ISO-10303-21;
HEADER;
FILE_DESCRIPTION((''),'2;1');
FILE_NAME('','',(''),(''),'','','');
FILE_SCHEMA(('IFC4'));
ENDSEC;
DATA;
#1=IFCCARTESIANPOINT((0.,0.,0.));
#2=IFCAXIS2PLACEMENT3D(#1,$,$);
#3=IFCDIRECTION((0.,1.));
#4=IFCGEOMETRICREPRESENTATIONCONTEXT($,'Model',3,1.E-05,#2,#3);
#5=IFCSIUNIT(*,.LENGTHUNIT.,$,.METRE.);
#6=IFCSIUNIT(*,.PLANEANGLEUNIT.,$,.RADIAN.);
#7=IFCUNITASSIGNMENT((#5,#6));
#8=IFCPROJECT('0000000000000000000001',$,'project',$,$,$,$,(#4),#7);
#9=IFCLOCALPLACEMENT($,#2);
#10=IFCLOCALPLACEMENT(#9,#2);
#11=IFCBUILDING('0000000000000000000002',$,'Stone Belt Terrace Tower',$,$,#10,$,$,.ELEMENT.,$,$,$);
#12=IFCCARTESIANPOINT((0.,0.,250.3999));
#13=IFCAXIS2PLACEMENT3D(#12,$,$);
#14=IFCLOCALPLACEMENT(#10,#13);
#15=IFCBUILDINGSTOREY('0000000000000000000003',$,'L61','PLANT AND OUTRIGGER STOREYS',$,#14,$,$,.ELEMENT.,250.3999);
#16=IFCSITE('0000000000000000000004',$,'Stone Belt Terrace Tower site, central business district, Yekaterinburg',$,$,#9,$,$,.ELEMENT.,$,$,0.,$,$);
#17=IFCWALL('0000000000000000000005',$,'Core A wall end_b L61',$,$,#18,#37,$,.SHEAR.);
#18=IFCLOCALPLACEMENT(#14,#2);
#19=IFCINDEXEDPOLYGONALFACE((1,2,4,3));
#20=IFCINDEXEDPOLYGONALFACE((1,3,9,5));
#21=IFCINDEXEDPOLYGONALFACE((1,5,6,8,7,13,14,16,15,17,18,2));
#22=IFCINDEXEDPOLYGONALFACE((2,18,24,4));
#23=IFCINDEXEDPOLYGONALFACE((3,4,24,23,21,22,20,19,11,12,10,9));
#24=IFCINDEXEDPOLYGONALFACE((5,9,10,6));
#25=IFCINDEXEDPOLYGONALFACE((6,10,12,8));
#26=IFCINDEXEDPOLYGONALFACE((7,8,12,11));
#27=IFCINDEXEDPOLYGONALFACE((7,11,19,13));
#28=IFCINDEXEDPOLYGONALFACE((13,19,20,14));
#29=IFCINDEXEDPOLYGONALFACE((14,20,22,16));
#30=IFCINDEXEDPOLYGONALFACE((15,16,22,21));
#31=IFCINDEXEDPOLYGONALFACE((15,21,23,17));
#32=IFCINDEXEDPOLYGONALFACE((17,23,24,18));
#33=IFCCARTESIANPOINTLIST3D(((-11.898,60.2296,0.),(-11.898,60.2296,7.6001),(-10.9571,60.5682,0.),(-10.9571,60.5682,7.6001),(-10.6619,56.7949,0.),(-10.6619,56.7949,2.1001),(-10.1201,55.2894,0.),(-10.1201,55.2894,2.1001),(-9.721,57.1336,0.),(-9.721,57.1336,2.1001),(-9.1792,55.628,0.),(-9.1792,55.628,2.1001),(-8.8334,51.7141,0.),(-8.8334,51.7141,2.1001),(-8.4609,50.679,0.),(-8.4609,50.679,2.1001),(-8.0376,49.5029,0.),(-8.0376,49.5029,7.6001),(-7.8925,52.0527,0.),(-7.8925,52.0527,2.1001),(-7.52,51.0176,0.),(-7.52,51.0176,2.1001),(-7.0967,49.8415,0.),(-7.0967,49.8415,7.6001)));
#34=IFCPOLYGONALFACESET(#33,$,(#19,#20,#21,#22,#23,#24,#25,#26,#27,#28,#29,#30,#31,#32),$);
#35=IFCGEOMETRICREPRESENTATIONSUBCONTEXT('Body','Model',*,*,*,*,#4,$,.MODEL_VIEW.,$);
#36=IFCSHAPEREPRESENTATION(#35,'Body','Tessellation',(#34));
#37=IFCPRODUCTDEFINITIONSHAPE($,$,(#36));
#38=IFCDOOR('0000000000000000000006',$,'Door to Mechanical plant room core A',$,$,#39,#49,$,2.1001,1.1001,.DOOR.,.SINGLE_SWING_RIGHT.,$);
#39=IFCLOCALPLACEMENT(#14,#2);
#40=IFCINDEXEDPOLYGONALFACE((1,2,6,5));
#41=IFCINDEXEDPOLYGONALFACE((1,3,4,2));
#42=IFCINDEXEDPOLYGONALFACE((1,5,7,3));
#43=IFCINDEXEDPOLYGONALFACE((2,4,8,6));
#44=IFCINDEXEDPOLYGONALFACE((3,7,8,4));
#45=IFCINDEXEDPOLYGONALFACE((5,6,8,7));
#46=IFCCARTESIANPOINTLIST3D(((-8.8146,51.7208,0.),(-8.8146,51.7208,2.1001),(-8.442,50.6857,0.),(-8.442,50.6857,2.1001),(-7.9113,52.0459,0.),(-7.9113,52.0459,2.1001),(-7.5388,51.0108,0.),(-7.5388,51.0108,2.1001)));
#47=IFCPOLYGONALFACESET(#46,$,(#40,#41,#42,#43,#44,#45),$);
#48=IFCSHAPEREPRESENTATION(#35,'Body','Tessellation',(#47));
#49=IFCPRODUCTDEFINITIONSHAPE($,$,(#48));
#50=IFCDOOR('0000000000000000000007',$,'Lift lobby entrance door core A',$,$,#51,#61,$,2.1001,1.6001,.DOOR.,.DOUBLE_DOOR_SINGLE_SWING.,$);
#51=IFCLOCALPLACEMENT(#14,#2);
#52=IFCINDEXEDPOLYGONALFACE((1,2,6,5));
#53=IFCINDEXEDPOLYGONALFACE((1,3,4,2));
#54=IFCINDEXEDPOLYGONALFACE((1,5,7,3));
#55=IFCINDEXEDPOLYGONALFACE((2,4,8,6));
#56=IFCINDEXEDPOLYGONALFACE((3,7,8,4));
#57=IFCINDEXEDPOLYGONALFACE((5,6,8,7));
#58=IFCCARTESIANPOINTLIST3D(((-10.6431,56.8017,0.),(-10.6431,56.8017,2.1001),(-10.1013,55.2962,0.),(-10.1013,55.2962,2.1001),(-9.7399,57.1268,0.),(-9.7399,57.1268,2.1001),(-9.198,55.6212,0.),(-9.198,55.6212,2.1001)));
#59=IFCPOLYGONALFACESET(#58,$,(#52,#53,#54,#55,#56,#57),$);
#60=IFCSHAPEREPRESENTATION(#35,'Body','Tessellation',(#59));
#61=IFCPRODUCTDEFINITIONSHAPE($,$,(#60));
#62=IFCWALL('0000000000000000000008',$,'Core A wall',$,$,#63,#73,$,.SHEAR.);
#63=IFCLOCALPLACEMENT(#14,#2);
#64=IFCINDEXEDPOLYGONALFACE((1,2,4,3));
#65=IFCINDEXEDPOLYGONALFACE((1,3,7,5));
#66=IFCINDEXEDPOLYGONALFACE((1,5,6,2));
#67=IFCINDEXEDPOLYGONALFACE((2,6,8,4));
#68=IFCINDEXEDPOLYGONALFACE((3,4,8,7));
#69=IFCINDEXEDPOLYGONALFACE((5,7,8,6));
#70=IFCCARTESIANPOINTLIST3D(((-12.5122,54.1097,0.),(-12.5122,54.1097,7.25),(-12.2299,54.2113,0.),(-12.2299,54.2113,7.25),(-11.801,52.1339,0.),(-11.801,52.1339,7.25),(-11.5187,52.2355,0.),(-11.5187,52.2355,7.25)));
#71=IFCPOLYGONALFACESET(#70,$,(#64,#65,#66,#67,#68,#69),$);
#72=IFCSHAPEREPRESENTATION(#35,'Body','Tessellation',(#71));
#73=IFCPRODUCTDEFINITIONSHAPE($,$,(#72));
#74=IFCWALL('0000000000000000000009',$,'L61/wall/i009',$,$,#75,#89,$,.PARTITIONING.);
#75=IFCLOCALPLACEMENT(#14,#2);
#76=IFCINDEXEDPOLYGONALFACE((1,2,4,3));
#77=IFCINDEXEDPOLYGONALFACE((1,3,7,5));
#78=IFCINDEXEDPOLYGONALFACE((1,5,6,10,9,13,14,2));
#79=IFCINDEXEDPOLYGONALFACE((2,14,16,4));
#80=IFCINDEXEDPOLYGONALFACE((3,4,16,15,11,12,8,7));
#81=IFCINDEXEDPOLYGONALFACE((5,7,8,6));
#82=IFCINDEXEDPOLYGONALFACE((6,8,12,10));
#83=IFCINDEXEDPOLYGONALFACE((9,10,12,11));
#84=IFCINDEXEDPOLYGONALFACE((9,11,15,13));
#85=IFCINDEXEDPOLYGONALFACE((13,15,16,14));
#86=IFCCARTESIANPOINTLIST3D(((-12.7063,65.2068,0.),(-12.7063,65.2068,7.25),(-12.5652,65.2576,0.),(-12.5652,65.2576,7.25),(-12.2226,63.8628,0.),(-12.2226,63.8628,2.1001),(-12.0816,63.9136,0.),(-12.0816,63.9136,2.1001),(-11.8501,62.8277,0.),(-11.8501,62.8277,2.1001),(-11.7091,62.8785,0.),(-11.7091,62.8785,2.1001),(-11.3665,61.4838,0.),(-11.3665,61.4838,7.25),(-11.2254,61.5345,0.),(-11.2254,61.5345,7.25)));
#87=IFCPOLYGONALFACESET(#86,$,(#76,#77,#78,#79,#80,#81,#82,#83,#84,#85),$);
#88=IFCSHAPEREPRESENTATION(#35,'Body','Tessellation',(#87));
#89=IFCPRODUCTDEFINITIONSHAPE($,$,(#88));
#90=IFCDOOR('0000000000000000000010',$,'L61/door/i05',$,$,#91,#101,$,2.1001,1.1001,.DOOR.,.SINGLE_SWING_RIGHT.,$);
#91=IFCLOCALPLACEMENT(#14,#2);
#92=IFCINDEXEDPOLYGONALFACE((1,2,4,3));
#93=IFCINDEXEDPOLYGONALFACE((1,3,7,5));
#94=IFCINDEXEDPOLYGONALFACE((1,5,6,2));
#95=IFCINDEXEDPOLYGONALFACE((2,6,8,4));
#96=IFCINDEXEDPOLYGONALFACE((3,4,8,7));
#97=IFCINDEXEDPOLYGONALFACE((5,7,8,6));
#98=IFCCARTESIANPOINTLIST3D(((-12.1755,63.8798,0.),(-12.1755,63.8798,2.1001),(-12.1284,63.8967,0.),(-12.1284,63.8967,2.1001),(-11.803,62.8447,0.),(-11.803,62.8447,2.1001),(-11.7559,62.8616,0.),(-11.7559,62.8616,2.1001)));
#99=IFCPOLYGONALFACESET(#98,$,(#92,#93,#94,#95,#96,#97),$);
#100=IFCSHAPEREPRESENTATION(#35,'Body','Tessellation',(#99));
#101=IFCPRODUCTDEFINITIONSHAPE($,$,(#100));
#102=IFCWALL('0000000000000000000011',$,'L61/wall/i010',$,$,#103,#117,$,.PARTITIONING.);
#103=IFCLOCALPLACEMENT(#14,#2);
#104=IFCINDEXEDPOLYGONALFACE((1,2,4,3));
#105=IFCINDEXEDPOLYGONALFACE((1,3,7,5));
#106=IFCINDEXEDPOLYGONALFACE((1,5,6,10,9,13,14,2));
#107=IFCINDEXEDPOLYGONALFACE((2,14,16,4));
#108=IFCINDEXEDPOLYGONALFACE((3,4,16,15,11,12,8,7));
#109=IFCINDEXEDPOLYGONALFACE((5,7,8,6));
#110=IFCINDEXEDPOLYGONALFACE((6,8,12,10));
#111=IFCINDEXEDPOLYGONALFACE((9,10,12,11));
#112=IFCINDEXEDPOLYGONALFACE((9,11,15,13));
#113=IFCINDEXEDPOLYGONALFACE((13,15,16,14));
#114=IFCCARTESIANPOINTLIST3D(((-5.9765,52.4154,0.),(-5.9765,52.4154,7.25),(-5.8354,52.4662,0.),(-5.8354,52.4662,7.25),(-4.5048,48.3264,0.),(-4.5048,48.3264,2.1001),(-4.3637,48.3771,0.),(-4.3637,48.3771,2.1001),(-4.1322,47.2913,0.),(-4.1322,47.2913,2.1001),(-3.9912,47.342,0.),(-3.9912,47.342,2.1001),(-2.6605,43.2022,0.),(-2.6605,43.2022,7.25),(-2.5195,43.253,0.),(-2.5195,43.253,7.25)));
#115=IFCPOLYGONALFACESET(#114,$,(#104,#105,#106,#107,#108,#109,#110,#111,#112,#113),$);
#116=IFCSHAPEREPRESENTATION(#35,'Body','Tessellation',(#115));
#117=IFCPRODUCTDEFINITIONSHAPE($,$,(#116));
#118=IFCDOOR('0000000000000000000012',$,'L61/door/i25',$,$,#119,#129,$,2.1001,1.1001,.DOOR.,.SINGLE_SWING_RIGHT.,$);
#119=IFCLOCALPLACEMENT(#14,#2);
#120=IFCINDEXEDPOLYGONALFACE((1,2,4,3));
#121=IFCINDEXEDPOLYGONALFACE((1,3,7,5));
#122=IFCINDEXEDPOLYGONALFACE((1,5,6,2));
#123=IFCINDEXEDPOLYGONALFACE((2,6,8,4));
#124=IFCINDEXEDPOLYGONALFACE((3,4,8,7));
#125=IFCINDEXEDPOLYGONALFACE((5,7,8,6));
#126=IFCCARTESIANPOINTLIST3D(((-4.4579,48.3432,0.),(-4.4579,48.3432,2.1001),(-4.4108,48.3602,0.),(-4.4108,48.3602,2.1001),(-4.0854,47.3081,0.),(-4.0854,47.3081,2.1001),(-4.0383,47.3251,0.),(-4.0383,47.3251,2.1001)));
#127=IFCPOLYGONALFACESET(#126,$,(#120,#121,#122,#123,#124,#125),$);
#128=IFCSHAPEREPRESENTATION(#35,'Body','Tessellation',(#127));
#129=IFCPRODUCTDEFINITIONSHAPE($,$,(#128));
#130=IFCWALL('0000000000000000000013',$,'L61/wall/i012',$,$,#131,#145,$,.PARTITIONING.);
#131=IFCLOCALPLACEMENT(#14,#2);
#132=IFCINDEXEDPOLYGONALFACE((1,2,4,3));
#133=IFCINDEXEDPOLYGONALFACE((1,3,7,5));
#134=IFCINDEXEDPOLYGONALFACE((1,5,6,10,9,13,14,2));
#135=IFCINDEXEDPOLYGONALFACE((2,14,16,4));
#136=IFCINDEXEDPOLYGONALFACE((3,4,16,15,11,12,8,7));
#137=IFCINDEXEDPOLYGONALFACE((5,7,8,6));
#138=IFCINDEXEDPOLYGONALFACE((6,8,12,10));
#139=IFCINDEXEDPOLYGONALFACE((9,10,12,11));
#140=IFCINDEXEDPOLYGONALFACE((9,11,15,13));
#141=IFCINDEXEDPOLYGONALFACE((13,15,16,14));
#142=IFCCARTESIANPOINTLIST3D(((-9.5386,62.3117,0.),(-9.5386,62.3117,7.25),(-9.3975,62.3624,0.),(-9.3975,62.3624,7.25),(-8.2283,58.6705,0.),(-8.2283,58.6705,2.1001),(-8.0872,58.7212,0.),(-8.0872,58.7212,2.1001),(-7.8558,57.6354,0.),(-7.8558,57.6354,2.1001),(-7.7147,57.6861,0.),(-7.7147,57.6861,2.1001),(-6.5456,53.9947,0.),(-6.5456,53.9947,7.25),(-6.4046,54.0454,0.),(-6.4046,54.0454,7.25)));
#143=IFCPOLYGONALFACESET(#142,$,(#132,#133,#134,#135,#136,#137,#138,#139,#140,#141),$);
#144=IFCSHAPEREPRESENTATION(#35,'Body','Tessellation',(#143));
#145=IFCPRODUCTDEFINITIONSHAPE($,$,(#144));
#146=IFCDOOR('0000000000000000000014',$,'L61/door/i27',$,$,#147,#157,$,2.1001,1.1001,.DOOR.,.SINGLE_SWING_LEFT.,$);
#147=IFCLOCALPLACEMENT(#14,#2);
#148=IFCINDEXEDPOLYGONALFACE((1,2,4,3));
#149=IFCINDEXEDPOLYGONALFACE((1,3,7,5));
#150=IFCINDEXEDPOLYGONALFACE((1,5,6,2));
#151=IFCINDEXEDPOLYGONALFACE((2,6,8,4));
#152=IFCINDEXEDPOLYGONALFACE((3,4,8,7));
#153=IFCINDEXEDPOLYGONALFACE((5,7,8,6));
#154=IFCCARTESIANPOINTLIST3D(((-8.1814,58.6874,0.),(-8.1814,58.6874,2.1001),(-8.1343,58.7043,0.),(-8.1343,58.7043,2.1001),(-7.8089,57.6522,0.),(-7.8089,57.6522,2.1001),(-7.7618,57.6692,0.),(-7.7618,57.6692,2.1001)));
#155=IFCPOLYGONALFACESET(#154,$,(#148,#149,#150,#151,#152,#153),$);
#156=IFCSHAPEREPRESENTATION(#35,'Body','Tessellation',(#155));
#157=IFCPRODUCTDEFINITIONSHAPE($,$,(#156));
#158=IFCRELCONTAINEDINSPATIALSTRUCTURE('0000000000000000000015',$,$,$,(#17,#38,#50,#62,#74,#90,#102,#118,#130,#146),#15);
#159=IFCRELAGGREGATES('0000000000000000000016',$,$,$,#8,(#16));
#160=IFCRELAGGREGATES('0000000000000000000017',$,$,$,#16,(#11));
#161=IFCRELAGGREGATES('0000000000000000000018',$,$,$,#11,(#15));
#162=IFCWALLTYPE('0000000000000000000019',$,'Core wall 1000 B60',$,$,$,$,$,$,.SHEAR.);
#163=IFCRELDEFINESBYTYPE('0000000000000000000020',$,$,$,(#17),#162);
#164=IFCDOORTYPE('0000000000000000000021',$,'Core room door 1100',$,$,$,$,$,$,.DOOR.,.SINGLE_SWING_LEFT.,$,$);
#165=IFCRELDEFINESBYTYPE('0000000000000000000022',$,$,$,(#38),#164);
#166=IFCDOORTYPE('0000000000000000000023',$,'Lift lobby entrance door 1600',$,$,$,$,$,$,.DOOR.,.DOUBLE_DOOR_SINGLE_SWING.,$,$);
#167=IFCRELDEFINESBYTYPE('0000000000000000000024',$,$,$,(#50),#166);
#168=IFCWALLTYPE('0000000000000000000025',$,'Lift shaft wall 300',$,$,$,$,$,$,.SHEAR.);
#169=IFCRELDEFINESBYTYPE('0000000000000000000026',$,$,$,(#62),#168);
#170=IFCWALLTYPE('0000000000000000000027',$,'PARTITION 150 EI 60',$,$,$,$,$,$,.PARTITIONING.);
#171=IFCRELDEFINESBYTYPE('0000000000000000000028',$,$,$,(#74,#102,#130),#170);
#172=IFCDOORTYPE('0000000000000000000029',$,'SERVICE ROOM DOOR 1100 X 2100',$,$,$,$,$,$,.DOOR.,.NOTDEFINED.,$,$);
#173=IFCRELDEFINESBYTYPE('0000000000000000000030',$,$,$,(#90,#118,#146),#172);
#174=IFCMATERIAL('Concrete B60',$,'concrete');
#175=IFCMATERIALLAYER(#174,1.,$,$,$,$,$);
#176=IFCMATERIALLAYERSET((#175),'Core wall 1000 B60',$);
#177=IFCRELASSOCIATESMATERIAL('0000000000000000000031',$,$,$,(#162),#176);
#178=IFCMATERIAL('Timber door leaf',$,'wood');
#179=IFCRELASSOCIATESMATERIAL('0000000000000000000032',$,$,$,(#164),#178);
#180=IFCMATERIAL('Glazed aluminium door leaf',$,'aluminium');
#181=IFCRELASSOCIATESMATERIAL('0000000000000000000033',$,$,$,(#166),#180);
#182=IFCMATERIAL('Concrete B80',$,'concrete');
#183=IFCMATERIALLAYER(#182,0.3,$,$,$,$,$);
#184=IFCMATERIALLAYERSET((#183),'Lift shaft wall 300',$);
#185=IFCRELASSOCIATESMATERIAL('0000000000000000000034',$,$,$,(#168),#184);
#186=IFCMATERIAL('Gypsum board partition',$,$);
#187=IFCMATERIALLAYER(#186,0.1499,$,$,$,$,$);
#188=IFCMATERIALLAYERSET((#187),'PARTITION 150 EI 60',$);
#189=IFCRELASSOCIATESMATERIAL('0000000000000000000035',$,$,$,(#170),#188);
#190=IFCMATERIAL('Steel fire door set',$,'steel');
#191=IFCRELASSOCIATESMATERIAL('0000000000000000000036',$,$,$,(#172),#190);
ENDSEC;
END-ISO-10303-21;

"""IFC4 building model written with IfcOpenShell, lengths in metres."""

from ifc_helpers import new_model, si_unit, direction, frame, frame_2d, origin, place, context, subcontext, project, spatial, rectangle, extrude, material, layer, layer_set, type_object, element, fill, save


model = new_model("IFC4")

# Units and contexts
model_context = context("Model", 3, precision=1e-05, world=origin(), true_north=direction((0.0, 1.0)))
body_context = subcontext(model_context, "Body", "Model", "MODEL_VIEW")
ifc_project = project(units=[si_unit("LENGTHUNIT", "METRE"), si_unit("PLANEANGLEUNIT", "RADIAN")], contexts=[model_context])

# Site, building, storey
site_placement = place(None, origin())
site = spatial("IfcSite", under=ifc_project, at=site_placement, Name="Stone Belt Terrace Tower site, central business district, Yekaterinburg", CompositionType="ELEMENT", RefElevation=0.0)
building_placement = place(site_placement, origin())
building = spatial("IfcBuilding", under=site, at=building_placement, Name="Stone Belt Terrace Tower", CompositionType="ELEMENT")
storey_placement = place(building_placement, frame((0.0, 0.0, 250.3999)))
storey = spatial("IfcBuildingStorey", under=building, at=storey_placement, Name="L61", Description="PLANT AND OUTRIGGER STOREYS", CompositionType="ELEMENT", Elevation=250.3999)

# Shared definitions
ifc_material_1 = material(Name="Concrete B60", Category="concrete")

# Wall, openings, doors
ifc_layer_1 = layer(ifc_material_1, 1.0)
ifc_layer_set_1 = layer_set([ifc_layer_1], Name="Core wall 1000 B60")
wall_type_1 = type_object("IfcWallType", Name="Core wall 1000 B60", PredefinedType="SHEAR", material=ifc_layer_set_1)
wall_1_placement = place(storey_placement, frame((-7.5671, 49.6721, 0.0), z_axis=(0.0, 0.0, 1.0), x_axis=(-0.338625, 0.940921, 0.0)))
wall_1 = element("IfcWall", 1, at=wall_1_placement, inside=storey, type_object=wall_type_1, Name="Core A wall end_b L61", PredefinedType="SHEAR", context=body_context, shape_type="SweptSolid", body=[
    extrude(rectangle(XDim=11.4001, YDim=1.0, at=frame_2d((5.7002, 0.0))), origin(), (0.0, 0.0, 1.0), 7.6001),
])
opening_1_placement = place(wall_1_placement, frame((6.1499, 0.0, 0.0)))
opening_1 = element("IfcOpeningElement", 2, at=opening_1_placement, cuts=wall_1, PredefinedType="OPENING", context=body_context, shape_type="SweptSolid", body=[
    extrude(rectangle(XDim=1.6001, YDim=2.1001, at=frame_2d((0.8, 1.05))), frame((0.0, 0.51, 0.0), z_axis=(0.0, -1.0, 0.0), x_axis=(1.0, 0.0, 0.0)), (0.0, 0.0, 1.0), 1.02),
])
opening_2_placement = place(wall_1_placement, frame((1.25, 0.0, 0.0)))
opening_2 = element("IfcOpeningElement", 3, at=opening_2_placement, cuts=wall_1, PredefinedType="OPENING", context=body_context, shape_type="SweptSolid", body=[
    extrude(rectangle(XDim=1.1001, YDim=2.1001, at=frame_2d((0.55, 1.05))), frame((0.0, 0.51, 0.0), z_axis=(0.0, -1.0, 0.0), x_axis=(1.0, 0.0, 0.0)), (0.0, 0.0, 1.0), 1.02),
])
ifc_material_2 = material(Name="Timber door leaf", Category="wood")
door_type_1 = type_object("IfcDoorType", Name="Core room door 1100", OperationType="SINGLE_SWING_LEFT", PredefinedType="DOOR", material=ifc_material_2)
door_1_placement = place(opening_2_placement, origin())
door_1 = element("IfcDoor", 4, at=door_1_placement, inside=storey, type_object=door_type_1, Name="Door to Mechanical plant room core A", OperationType="SINGLE_SWING_RIGHT", OverallHeight=2.1001, OverallWidth=1.1001, PredefinedType="DOOR", context=body_context, shape_type="SweptSolid", body=[
    extrude(rectangle(XDim=1.1001, YDim=2.1001, at=frame_2d((0.55, 1.05))), frame((0.0, 0.48, 0.0), z_axis=(0.0, -1.0, 0.0), x_axis=(1.0, 0.0, 0.0)), (0.0, 0.0, 1.0), 0.96),
])
fill(opening_2, door_1)
ifc_material_3 = material(Name="Glazed aluminium door leaf", Category="aluminium")
door_type_2 = type_object("IfcDoorType", Name="Lift lobby entrance door 1600", OperationType="DOUBLE_DOOR_SINGLE_SWING", PredefinedType="DOOR", material=ifc_material_3)
door_2_placement = place(opening_1_placement, origin())
door_2 = element("IfcDoor", 5, at=door_2_placement, inside=storey, type_object=door_type_2, Name="Lift lobby entrance door core A", OperationType="DOUBLE_DOOR_SINGLE_SWING", OverallHeight=2.1001, OverallWidth=1.6001, PredefinedType="DOOR", context=body_context, shape_type="SweptSolid", body=[
    extrude(rectangle(XDim=1.6001, YDim=2.1001, at=frame_2d((0.8, 1.05))), frame((0.0, 0.48, 0.0), z_axis=(0.0, -1.0, 0.0), x_axis=(1.0, 0.0, 0.0)), (0.0, 0.0, 1.0), 0.96),
])
fill(opening_1, door_2)

# Wall
ifc_material_4 = material(Name="Concrete B80", Category="concrete")
ifc_layer_2 = layer(ifc_material_4, 0.3)
ifc_layer_set_2 = layer_set([ifc_layer_2], Name="Lift shaft wall 300")
wall_type_2 = type_object("IfcWallType", Name="Lift shaft wall 300", PredefinedType="SHEAR", material=ifc_layer_set_2)
wall_2_placement = place(storey_placement, frame((-11.6599, 52.1848, 0.0), z_axis=(0.0, 0.0, 1.0), x_axis=(-0.33867, 0.940905, 0.0)))
element("IfcWall", 6, at=wall_2_placement, inside=storey, type_object=wall_type_2, Name="Core A wall", PredefinedType="SHEAR", context=body_context, shape_type="SweptSolid", body=[
    extrude(rectangle(XDim=2.0999, YDim=0.3, at=frame_2d((1.0498, 0.0))), origin(), (0.0, 0.0, 1.0), 7.25),
])

# Walls, openings, doors
ifc_material_5 = material(Name="Gypsum board partition")
ifc_layer_3 = layer(ifc_material_5, 0.1499)
ifc_layer_set_3 = layer_set([ifc_layer_3], Name="PARTITION 150 EI 60")
wall_type_3 = type_object("IfcWallType", Name="PARTITION 150 EI 60", PredefinedType="PARTITIONING", material=ifc_layer_set_3)
wall_3_placement = place(storey_placement, frame((-11.2959, 61.509, 0.0), z_axis=(0.0, 0.0, 1.0), x_axis=(-0.33861, 0.940927, 0.0)))
wall_3 = element("IfcWall", 7, at=wall_3_placement, inside=storey, type_object=wall_type_3, Name="L61/wall/i009", PredefinedType="PARTITIONING", context=body_context, shape_type="SweptSolid", body=[
    extrude(rectangle(XDim=3.9568, YDim=0.1499, at=frame_2d((1.9785, 0.0))), origin(), (0.0, 0.0, 1.0), 7.25),
])
opening_3_placement = place(wall_3_placement, frame((1.4285, 0.0, 0.0)))
opening_3 = element("IfcOpeningElement", 8, at=opening_3_placement, cuts=wall_3, PredefinedType="OPENING", context=body_context, shape_type="SweptSolid", body=[
    extrude(rectangle(XDim=1.1001, YDim=2.1001, at=frame_2d((0.55, 1.05))), frame((0.0, 0.085, 0.0), z_axis=(0.0, -1.0, 0.0), x_axis=(1.0, 0.0, 0.0)), (0.0, 0.0, 1.0), 0.1699),
])
ifc_material_6 = material(Name="Steel fire door set", Category="steel")
door_type_3 = type_object("IfcDoorType", Name="SERVICE ROOM DOOR 1100 X 2100", OperationType="NOTDEFINED", PredefinedType="DOOR", material=ifc_material_6)
door_3_placement = place(opening_3_placement, origin())
door_3 = element("IfcDoor", 9, at=door_3_placement, inside=storey, type_object=door_type_3, Name="L61/door/i05", OperationType="SINGLE_SWING_RIGHT", OverallHeight=2.1001, OverallWidth=1.1001, PredefinedType="DOOR", context=body_context, shape_type="SweptSolid", body=[
    extrude(rectangle(XDim=1.1001, YDim=2.1001, at=frame_2d((0.55, 1.05))), frame((0.0, 0.0249, 0.0), z_axis=(0.0, -1.0, 0.0), x_axis=(1.0, 0.0, 0.0)), (0.0, 0.0, 1.0), 0.05),
])
fill(opening_3, door_3)
wall_4_placement = place(storey_placement, frame((-5.906, 52.4409, 0.0), z_axis=(0.0, 0.0, 1.0), x_axis=(0.338646, -0.940914, 0.0)))
wall_4 = element("IfcWall", 10, at=wall_4_placement, inside=storey, type_object=wall_type_3, Name="L61/wall/i010", PredefinedType="PARTITIONING", context=body_context, shape_type="SweptSolid", body=[
    extrude(rectangle(XDim=9.7917, YDim=0.1499, at=frame_2d((4.896, 0.0))), origin(), (0.0, 0.0, 1.0), 7.25),
])
opening_4_placement = place(wall_4_placement, frame((4.3459, 0.0, 0.0)))
opening_4 = element("IfcOpeningElement", 11, at=opening_4_placement, cuts=wall_4, PredefinedType="OPENING", context=body_context, shape_type="SweptSolid", body=[
    extrude(rectangle(XDim=1.1001, YDim=2.1001, at=frame_2d((0.55, 1.05))), frame((0.0, 0.085, 0.0), z_axis=(0.0, -1.0, 0.0), x_axis=(1.0, 0.0, 0.0)), (0.0, 0.0, 1.0), 0.1699),
])
door_4_placement = place(opening_4_placement, origin())
door_4 = element("IfcDoor", 12, at=door_4_placement, inside=storey, type_object=door_type_3, Name="L61/door/i25", OperationType="SINGLE_SWING_RIGHT", OverallHeight=2.1001, OverallWidth=1.1001, PredefinedType="DOOR", context=body_context, shape_type="SweptSolid", body=[
    extrude(rectangle(XDim=1.1001, YDim=2.1001, at=frame_2d((0.55, 1.05))), frame((0.0, 0.0249, 0.0), z_axis=(0.0, -1.0, 0.0), x_axis=(1.0, 0.0, 0.0)), (0.0, 0.0, 1.0), 0.05),
])
fill(opening_4, door_4)
wall_5_placement = place(storey_placement, frame((-9.468, 62.3369, 0.0), z_axis=(0.0, 0.0, 1.0), x_axis=(0.338603, -0.940929, 0.0)))
wall_5 = element("IfcWall", 13, at=wall_5_placement, inside=storey, type_object=wall_type_3, Name="L61/wall/i012", PredefinedType="PARTITIONING", context=body_context, shape_type="SweptSolid", body=[
    extrude(rectangle(XDim=8.8391, YDim=0.1499, at=frame_2d((4.4194, 0.0))), origin(), (0.0, 0.0, 1.0), 7.25),
])
opening_5_placement = place(wall_5_placement, frame((3.8696, 0.0, 0.0)))
opening_5 = element("IfcOpeningElement", 14, at=opening_5_placement, cuts=wall_5, PredefinedType="OPENING", context=body_context, shape_type="SweptSolid", body=[
    extrude(rectangle(XDim=1.1001, YDim=2.1001, at=frame_2d((0.55, 1.05))), frame((0.0, 0.085, 0.0), z_axis=(0.0, -1.0, 0.0), x_axis=(1.0, 0.0, 0.0)), (0.0, 0.0, 1.0), 0.1699),
])
door_5_placement = place(opening_5_placement, origin())
door_5 = element("IfcDoor", 15, at=door_5_placement, inside=storey, type_object=door_type_3, Name="L61/door/i27", OperationType="SINGLE_SWING_LEFT", OverallHeight=2.1001, OverallWidth=1.1001, PredefinedType="DOOR", context=body_context, shape_type="SweptSolid", body=[
    extrude(rectangle(XDim=1.1001, YDim=2.1001, at=frame_2d((0.55, 1.05))), frame((0.0, 0.0249, 0.0), z_axis=(0.0, -1.0, 0.0), x_axis=(1.0, 0.0, 0.0)), (0.0, 0.0, 1.0), 0.05),
])
fill(opening_5, door_5)

save(model, "model.ifc")
